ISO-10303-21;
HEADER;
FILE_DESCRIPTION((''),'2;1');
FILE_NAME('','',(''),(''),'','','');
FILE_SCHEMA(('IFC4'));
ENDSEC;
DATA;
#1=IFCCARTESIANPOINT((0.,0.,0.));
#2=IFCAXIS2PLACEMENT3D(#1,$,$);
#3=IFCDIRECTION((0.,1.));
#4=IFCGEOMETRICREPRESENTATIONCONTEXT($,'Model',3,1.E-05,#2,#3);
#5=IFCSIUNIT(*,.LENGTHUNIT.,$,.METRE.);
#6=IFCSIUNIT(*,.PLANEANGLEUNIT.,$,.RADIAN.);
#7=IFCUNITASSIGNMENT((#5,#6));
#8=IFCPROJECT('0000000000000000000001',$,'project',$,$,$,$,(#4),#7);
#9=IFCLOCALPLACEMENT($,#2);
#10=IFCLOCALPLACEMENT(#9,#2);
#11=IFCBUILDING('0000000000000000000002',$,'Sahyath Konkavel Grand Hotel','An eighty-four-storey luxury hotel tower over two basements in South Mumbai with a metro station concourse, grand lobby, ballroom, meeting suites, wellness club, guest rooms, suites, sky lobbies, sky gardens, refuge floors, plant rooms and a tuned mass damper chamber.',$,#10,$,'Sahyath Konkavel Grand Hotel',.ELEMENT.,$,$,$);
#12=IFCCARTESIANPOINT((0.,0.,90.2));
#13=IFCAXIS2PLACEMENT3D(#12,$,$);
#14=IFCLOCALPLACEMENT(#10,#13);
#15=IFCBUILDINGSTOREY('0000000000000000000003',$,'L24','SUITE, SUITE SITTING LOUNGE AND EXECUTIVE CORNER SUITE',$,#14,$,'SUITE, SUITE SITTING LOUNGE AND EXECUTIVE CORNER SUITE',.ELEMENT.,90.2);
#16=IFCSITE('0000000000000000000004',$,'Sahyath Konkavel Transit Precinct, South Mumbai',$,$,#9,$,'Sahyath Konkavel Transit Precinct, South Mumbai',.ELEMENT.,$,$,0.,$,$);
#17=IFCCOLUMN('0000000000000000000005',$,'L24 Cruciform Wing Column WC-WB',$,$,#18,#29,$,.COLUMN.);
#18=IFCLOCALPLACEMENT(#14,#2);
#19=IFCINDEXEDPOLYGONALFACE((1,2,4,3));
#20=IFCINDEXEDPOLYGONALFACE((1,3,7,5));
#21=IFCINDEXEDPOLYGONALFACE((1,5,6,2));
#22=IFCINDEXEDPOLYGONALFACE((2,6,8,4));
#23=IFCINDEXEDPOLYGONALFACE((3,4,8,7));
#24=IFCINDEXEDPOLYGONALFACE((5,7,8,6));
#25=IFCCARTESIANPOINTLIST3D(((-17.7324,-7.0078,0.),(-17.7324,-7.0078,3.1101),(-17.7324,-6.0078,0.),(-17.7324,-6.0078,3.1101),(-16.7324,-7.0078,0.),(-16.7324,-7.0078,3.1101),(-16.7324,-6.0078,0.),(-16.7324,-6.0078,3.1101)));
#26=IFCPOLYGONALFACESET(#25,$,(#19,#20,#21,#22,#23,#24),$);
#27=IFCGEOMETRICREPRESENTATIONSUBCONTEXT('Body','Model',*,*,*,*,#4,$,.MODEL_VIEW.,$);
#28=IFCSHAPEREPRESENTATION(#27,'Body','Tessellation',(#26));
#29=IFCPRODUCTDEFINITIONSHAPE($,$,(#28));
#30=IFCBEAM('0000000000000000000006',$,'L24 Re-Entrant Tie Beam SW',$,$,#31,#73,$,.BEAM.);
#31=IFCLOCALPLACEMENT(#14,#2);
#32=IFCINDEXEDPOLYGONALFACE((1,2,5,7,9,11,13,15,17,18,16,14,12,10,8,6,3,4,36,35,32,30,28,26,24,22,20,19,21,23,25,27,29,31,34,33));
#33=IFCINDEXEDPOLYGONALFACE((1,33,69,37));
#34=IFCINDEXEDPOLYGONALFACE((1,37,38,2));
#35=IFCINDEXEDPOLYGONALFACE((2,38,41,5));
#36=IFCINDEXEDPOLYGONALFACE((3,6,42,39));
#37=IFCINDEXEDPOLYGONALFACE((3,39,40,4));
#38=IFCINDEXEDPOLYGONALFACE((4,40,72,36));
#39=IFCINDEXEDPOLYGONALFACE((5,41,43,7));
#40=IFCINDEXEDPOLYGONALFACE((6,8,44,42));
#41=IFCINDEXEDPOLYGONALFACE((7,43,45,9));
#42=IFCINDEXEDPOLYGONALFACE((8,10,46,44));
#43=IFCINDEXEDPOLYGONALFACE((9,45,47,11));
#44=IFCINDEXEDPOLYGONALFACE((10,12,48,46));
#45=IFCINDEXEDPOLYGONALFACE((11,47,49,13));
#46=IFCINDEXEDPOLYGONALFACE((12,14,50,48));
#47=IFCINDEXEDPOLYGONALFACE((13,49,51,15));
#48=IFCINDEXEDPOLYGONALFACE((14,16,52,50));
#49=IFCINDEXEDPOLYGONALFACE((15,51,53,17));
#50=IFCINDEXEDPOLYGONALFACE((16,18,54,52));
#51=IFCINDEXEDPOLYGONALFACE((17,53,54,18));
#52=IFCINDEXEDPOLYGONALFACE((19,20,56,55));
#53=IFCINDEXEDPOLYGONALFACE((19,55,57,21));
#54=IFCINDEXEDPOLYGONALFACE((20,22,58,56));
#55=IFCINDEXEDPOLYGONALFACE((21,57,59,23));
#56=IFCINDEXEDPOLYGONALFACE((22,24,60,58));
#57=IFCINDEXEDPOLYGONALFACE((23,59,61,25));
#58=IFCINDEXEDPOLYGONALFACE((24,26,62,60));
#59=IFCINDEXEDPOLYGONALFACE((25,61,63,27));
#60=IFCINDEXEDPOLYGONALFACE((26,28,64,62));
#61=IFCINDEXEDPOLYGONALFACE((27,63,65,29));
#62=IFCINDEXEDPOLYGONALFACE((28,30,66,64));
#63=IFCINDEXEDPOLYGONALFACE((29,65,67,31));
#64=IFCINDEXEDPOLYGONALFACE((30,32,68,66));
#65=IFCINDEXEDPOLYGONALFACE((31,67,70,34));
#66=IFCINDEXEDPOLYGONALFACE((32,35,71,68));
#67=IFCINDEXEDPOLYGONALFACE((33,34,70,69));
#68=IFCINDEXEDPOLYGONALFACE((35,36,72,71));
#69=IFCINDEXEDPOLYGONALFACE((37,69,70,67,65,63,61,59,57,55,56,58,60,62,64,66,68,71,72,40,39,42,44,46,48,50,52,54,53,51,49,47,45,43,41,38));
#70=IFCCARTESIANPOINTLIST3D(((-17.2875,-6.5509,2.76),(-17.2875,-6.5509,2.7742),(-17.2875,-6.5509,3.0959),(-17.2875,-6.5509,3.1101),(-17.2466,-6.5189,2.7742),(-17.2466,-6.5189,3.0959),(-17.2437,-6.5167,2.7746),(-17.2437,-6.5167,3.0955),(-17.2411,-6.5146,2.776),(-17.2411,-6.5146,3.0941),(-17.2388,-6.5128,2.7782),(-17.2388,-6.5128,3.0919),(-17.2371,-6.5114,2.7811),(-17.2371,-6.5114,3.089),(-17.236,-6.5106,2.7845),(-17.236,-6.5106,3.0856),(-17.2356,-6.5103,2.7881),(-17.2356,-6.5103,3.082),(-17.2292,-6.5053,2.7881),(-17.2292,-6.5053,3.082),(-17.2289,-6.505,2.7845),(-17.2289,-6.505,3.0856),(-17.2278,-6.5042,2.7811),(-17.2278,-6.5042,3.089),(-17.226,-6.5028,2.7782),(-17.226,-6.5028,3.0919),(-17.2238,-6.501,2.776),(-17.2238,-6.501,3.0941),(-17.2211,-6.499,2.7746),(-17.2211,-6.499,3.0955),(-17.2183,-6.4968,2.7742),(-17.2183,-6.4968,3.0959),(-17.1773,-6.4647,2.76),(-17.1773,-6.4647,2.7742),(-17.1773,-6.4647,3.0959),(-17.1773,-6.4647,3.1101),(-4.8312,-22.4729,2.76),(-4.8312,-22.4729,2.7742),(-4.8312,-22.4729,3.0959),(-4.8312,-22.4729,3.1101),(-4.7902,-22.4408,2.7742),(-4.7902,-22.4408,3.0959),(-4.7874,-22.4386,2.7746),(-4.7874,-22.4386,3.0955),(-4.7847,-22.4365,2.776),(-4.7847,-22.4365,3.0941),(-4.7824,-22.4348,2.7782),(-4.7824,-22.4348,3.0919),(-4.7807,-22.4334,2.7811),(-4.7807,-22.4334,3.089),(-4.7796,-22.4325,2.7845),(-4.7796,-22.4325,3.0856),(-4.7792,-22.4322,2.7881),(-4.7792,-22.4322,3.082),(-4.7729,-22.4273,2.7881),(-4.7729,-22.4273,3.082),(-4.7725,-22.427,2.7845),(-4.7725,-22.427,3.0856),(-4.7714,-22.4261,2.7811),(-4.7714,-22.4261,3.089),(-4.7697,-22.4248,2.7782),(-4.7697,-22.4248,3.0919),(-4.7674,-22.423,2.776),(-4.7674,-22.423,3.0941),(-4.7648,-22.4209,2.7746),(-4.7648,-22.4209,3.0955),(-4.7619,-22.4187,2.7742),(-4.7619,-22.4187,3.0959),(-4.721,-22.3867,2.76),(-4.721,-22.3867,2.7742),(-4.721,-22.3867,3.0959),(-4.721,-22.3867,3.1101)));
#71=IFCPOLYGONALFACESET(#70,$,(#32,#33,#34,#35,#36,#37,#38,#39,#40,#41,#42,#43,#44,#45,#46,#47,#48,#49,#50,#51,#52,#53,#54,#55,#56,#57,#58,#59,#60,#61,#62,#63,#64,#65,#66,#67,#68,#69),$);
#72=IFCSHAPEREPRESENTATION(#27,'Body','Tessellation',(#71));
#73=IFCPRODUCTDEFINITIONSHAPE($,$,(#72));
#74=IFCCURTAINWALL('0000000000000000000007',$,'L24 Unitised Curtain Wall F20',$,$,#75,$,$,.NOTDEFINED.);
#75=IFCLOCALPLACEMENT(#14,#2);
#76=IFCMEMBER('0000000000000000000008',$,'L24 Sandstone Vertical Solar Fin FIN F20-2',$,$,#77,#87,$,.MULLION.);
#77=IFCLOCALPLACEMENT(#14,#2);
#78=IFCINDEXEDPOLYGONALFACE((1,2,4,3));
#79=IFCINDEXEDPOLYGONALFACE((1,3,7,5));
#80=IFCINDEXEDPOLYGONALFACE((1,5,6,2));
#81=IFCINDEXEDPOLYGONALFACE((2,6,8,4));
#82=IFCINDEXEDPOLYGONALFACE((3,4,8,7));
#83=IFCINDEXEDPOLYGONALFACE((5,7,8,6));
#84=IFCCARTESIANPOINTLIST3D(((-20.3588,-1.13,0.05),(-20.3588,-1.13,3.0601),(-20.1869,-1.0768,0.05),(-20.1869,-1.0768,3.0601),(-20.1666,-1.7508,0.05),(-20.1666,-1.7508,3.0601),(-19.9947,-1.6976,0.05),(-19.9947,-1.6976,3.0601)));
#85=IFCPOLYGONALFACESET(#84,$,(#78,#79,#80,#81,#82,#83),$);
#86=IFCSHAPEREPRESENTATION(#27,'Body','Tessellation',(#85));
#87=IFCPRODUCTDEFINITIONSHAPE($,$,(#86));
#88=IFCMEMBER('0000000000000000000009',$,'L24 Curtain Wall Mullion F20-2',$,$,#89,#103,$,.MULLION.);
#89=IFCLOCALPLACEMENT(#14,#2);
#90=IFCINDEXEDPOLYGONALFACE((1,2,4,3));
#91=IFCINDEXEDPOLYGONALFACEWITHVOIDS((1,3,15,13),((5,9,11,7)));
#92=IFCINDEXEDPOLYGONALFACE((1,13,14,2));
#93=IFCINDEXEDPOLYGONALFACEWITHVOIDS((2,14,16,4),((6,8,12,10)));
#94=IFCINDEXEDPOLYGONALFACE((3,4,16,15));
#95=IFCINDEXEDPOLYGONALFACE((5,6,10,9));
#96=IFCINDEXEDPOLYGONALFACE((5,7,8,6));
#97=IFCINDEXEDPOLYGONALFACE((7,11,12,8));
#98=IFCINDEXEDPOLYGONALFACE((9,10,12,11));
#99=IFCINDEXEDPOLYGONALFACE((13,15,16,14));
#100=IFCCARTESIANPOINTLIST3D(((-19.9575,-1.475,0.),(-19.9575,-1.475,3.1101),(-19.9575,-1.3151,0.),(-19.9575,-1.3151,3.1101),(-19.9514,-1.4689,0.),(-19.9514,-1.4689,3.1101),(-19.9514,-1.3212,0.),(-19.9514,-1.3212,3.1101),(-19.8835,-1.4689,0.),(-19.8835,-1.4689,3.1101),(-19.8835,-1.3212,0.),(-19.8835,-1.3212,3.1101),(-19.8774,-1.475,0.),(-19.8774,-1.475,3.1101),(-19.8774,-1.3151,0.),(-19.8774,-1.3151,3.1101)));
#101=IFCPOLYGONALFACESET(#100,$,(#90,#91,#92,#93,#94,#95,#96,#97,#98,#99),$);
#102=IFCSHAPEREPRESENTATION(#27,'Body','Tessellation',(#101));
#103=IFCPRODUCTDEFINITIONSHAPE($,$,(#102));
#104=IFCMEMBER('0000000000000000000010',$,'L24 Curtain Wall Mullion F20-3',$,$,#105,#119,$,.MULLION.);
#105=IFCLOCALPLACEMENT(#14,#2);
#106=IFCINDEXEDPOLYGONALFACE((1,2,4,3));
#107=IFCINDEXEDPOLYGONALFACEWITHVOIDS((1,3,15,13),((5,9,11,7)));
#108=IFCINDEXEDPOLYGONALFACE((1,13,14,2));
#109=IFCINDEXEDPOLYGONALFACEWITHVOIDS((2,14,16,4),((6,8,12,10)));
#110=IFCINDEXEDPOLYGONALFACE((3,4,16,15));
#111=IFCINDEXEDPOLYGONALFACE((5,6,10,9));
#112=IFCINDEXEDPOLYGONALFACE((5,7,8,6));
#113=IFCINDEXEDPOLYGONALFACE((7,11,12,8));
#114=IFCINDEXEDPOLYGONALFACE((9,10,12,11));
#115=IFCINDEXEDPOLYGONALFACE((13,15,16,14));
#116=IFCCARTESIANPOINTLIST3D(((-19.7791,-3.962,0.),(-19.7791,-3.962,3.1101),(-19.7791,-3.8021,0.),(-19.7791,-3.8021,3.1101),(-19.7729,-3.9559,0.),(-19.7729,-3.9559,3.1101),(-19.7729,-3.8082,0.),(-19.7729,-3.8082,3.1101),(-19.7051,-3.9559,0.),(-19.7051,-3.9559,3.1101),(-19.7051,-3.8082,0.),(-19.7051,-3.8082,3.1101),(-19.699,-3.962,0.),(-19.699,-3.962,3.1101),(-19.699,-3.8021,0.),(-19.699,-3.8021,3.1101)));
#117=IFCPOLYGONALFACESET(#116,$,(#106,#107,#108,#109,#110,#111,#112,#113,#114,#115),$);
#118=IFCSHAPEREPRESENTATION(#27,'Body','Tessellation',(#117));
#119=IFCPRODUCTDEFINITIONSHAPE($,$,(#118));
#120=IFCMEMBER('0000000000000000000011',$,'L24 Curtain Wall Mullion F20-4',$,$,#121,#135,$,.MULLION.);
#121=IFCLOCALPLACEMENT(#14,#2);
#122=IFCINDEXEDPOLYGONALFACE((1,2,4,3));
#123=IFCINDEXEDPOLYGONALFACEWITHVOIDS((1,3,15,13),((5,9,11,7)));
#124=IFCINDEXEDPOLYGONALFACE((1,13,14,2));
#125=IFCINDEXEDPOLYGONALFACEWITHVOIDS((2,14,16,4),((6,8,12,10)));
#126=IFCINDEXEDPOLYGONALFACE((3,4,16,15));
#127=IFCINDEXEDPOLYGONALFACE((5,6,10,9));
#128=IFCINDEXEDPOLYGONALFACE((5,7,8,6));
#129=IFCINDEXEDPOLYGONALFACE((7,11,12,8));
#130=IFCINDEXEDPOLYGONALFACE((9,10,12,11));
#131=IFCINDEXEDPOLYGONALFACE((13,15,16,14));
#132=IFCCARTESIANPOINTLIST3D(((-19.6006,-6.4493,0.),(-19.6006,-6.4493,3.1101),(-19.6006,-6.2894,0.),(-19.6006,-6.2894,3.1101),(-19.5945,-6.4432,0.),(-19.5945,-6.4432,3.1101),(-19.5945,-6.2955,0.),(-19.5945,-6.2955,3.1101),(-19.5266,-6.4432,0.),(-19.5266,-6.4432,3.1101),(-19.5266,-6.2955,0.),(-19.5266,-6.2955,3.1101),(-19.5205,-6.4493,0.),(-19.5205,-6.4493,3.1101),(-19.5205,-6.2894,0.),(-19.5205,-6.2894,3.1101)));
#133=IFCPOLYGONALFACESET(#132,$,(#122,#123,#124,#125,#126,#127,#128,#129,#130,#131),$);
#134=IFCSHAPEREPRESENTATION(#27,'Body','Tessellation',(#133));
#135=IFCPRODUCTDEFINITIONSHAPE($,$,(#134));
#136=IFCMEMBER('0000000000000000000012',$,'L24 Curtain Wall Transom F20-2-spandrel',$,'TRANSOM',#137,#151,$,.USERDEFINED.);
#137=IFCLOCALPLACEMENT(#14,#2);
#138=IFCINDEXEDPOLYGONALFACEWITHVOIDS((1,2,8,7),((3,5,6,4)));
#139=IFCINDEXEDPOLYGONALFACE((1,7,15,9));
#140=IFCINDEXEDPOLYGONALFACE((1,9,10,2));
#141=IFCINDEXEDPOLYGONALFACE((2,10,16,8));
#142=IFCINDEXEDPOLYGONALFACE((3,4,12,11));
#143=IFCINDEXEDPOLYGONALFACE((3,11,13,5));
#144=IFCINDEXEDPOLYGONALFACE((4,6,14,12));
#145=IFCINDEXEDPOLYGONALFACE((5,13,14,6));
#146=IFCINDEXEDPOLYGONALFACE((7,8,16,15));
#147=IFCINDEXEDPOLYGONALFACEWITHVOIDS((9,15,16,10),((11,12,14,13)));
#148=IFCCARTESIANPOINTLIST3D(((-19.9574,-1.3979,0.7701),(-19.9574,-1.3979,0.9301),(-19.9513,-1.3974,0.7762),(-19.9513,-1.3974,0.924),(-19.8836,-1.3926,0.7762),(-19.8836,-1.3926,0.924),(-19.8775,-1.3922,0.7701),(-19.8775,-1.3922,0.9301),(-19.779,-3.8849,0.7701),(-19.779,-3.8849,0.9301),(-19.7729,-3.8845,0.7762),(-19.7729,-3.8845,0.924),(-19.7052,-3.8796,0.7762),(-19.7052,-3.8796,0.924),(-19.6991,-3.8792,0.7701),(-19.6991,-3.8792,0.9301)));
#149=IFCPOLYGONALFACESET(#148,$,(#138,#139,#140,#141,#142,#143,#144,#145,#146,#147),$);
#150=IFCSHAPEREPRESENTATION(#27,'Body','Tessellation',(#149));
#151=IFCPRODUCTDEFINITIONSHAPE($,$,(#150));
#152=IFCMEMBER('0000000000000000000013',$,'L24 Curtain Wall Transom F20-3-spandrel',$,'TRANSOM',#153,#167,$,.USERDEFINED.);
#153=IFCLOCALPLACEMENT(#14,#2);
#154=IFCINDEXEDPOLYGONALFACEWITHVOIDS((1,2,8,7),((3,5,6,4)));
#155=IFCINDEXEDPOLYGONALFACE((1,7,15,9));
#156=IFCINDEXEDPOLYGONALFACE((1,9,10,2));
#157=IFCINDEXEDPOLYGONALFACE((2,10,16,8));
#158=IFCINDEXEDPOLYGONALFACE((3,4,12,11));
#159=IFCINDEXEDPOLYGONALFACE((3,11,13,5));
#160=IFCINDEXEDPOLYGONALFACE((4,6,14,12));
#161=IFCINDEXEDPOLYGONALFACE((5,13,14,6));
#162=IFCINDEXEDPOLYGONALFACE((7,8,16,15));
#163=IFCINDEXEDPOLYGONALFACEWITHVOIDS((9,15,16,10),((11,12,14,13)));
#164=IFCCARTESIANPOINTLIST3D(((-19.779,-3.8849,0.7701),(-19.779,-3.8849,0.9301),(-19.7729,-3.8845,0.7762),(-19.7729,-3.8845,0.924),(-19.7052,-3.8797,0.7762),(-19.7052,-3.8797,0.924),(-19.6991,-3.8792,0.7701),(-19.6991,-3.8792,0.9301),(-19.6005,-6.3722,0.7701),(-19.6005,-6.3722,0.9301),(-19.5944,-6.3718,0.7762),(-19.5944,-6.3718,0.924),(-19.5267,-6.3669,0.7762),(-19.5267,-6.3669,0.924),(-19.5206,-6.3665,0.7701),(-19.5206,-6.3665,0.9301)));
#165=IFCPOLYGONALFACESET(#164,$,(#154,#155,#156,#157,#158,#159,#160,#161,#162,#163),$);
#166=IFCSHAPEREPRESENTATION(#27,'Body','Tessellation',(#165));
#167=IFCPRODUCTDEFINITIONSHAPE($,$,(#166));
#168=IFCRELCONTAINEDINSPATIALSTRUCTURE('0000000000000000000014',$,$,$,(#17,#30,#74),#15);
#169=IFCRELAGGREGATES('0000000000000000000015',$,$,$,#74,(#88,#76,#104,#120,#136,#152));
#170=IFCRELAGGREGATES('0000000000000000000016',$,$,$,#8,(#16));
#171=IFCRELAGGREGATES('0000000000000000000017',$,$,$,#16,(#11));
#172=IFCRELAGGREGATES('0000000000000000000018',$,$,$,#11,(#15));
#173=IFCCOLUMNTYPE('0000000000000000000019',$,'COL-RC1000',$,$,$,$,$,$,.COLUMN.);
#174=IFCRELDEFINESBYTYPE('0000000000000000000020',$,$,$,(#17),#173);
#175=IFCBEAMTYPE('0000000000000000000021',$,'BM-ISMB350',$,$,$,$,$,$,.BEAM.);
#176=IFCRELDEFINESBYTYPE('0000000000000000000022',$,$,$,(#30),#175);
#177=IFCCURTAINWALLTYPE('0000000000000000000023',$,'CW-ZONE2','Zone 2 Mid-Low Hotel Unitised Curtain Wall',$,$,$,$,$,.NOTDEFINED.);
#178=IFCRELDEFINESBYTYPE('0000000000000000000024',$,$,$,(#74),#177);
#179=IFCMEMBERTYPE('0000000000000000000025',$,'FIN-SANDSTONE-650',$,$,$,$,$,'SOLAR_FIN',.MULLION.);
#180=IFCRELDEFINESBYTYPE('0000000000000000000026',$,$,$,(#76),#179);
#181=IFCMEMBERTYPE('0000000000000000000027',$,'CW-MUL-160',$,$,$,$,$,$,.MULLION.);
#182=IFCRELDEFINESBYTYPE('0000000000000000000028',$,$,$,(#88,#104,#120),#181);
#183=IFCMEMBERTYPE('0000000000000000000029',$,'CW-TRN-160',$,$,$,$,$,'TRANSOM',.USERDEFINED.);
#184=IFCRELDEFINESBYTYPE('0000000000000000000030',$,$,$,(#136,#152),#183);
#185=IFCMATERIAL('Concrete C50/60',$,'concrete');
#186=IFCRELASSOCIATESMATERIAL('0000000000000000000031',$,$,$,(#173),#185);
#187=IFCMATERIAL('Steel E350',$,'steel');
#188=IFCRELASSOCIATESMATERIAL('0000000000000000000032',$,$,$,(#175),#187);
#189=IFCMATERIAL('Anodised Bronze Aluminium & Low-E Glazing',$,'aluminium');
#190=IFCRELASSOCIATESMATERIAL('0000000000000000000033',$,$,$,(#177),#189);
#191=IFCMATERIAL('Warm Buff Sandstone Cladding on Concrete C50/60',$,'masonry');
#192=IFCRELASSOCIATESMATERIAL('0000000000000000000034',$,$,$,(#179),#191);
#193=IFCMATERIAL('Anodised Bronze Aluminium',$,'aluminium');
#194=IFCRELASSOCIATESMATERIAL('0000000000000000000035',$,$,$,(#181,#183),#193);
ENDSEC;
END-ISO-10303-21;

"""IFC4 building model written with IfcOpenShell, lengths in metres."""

from ifc_helpers import new_model, si_unit, direction, frame, origin, origin_2d, place, context, subcontext, project, spatial, rectangle, hollow_rectangle, i_section, extrude, source, transform, mapped, material, material_profile, profile_set, type_object, element, aggregate, save


model = new_model("IFC4")

# Units and contexts
model_context = context("Model", 3, precision=1e-05, world=origin(), true_north=direction((0.0, 1.0)))
body_context = subcontext(model_context, "Body", "Model", "MODEL_VIEW")
ifc_project = project(units=[si_unit("LENGTHUNIT", "METRE"), si_unit("PLANEANGLEUNIT", "RADIAN")], contexts=[model_context])

# Site, building, storey
site_placement = place(None, origin())
site = spatial("IfcSite", under=ifc_project, at=site_placement, Name="Sahyath Konkavel Transit Precinct, South Mumbai", LongName="Sahyath Konkavel Transit Precinct, South Mumbai", CompositionType="ELEMENT", RefElevation=0.0)
building_placement = place(site_placement, origin())
building = spatial("IfcBuilding", under=site, at=building_placement, Name="Sahyath Konkavel Grand Hotel", Description="An eighty-four-storey luxury hotel tower over two basements in South Mumbai with a metro station concourse, grand lobby, ballroom, meeting suites, wellness club, guest rooms, suites, sky lobbies, sky gardens, refuge floors, plant rooms and a tuned mass damper chamber.", LongName="Sahyath Konkavel Grand Hotel", CompositionType="ELEMENT")
storey_placement = place(building_placement, frame((0.0, 0.0, 90.2)))
storey = spatial("IfcBuildingStorey", under=building, at=storey_placement, Name="L24", Description="SUITE, SUITE SITTING LOUNGE AND EXECUTIVE CORNER SUITE", LongName="SUITE, SUITE SITTING LOUNGE AND EXECUTIVE CORNER SUITE", CompositionType="ELEMENT", Elevation=90.2)

# Column
ifc_material_1 = material(Name="Concrete C50/60", Category="concrete")
ifc_material_profile_1 = material_profile(ifc_material_1, rectangle(XDim=1.0, YDim=1.0, at=origin_2d()), Name="RC 1000x1000")
ifc_profile_set_1 = profile_set([ifc_material_profile_1], Name="Concrete C50/60")
column_type = type_object("IfcColumnType", Name="COL-RC1000", PredefinedType="COLUMN", material=ifc_profile_set_1)
shared_shape_1 = source(origin(), body_context, "Body", "SweptSolid", [
    extrude(rectangle(XDim=1.0, YDim=1.0, at=origin_2d()), origin(), (0.0, 0.0, 1.0), 3.1101),
])
column_placement = place(storey_placement, frame((-17.2324, -6.5078, 0.0), z_axis=(0.0, 0.0, 1.0), x_axis=(1.0, 0.0, 0.0)))
element("IfcColumn", 1, at=column_placement, inside=storey, type_object=column_type, Name="L24 Cruciform Wing Column WC-WB", PredefinedType="COLUMN", context=body_context, shape_type="MappedRepresentation", body=[
    mapped(shared_shape_1, transform((0.0, 0.0, 0.0), scale=1.0)),
])

# Beam
ifc_material_2 = material(Name="Steel E350", Category="steel")
ifc_material_profile_2 = material_profile(ifc_material_2, i_section(OverallWidth=0.1399, OverallDepth=0.3501, WebThickness=0.0081, FlangeThickness=0.0142, FilletRadius=0.0139, at=origin_2d()), Name="ISMB 350")
ifc_profile_set_2 = profile_set([ifc_material_profile_2], Name="Steel E350")
beam_type_1 = type_object("IfcBeamType", Name="BM-ISMB350", PredefinedType="BEAM", material=ifc_profile_set_2)
shared_shape_2 = source(origin(), body_context, "Body", "SweptSolid", [
    extrude(i_section(OverallWidth=0.1399, OverallDepth=0.3501, WebThickness=0.0081, FlangeThickness=0.0142, FilletRadius=0.0139, at=origin_2d()), origin(), (0.0, 0.0, 1.0), 20.2156),
])
beam_1_placement = place(storey_placement, frame((-17.2324, -6.5078, 2.9351), z_axis=(0.616176, -0.787608, 0.0), x_axis=(0.787608, 0.616176, 0.0)))
element("IfcBeam", 2, at=beam_1_placement, inside=storey, type_object=beam_type_1, Name="L24 Re-Entrant Tie Beam SW", PredefinedType="BEAM", context=body_context, shape_type="MappedRepresentation", body=[
    mapped(shared_shape_2, transform((0.0, 0.0, 0.0), scale=1.0)),
])

# Curtain wall, members
ifc_material_3 = material(Name="Anodised Bronze Aluminium & Low-E Glazing", Category="aluminium")
curtain_wall_type = type_object("IfcCurtainWallType", Name="CW-ZONE2", Description="Zone 2 Mid-Low Hotel Unitised Curtain Wall", PredefinedType="NOTDEFINED", material=ifc_material_3)
curtain_wall_1_placement = place(storey_placement, origin())
curtain_wall_1 = element("IfcCurtainWall", 3, at=curtain_wall_1_placement, inside=storey, type_object=curtain_wall_type, Name="L24 Unitised Curtain Wall F20", PredefinedType="NOTDEFINED")
ifc_material_4 = material(Name="Warm Buff Sandstone Cladding on Concrete C50/60", Category="masonry")
ifc_material_profile_3 = material_profile(ifc_material_4, rectangle(XDim=0.1799, YDim=0.6499, at=origin_2d()), Name="FIN 180x650")
ifc_profile_set_3 = profile_set([ifc_material_profile_3], Name="Warm Buff Sandstone Cladding on Concrete C50/60")
member_type_1 = type_object("IfcMemberType", Name="FIN-SANDSTONE-650", ElementType="SOLAR_FIN", PredefinedType="MULLION", material=ifc_profile_set_3)
shared_shape_3 = source(origin(), body_context, "Body", "SweptSolid", [
    extrude(rectangle(XDim=0.1799, YDim=0.6499, at=origin_2d()), origin(), (0.0, 0.0, 1.0), 3.01),
])
member_1_placement = place(storey_placement, frame((-20.1768, -1.4138, 0.05), z_axis=(0.0, 0.0, 1.0), x_axis=(0.955278, 0.295708, 0.0)))
member_1 = element("IfcMember", 4, at=member_1_placement, type_object=member_type_1, Name="L24 Sandstone Vertical Solar Fin FIN F20-2", PredefinedType="MULLION", context=body_context, shape_type="MappedRepresentation", body=[
    mapped(shared_shape_3, transform((0.0, 0.0, 0.0), scale=1.0)),
])
ifc_material_5 = material(Name="Anodised Bronze Aluminium", Category="aluminium")
ifc_material_profile_4 = material_profile(ifc_material_5, hollow_rectangle(XDim=0.0801, YDim=0.1599, WallThickness=0.0061, at=origin_2d()), Name="RHS 160x80x6")
ifc_profile_set_4 = profile_set([ifc_material_profile_4], Name="Anodised Bronze Aluminium")
member_type_2 = type_object("IfcMemberType", Name="CW-MUL-160", PredefinedType="MULLION", material=ifc_profile_set_4)
shared_shape_4 = source(origin(), body_context, "Body", "SweptSolid", [
    extrude(hollow_rectangle(XDim=0.0801, YDim=0.1599, WallThickness=0.0061, at=origin_2d()), origin(), (0.0, 0.0, 1.0), 3.1101),
])
member_2_placement = place(storey_placement, frame((-19.9175, -1.395, 0.0), z_axis=(0.0, 0.0, 1.0), x_axis=(1.0, 0.0, 0.0)))
member_2 = element("IfcMember", 5, at=member_2_placement, type_object=member_type_2, Name="L24 Curtain Wall Mullion F20-2", PredefinedType="MULLION", context=body_context, shape_type="MappedRepresentation", body=[
    mapped(shared_shape_4, transform((0.0, 0.0, 0.0), scale=1.0)),
])
member_3_placement = place(storey_placement, frame((-19.739, -3.8821, 0.0), z_axis=(0.0, 0.0, 1.0), x_axis=(1.0, 0.0, 0.0)))
member_3 = element("IfcMember", 6, at=member_3_placement, type_object=member_type_2, Name="L24 Curtain Wall Mullion F20-3", PredefinedType="MULLION", context=body_context, shape_type="MappedRepresentation", body=[
    mapped(shared_shape_4, transform((0.0, 0.0, 0.0), scale=1.0)),
])
member_4_placement = place(storey_placement, frame((-19.5605, -6.3694, 0.0), z_axis=(0.0, 0.0, 1.0), x_axis=(1.0, 0.0, 0.0)))
member_4 = element("IfcMember", 7, at=member_4_placement, type_object=member_type_2, Name="L24 Curtain Wall Mullion F20-4", PredefinedType="MULLION", context=body_context, shape_type="MappedRepresentation", body=[
    mapped(shared_shape_4, transform((0.0, 0.0, 0.0), scale=1.0)),
])
ifc_material_profile_5 = material_profile(ifc_material_5, hollow_rectangle(XDim=0.0801, YDim=0.1599, WallThickness=0.0061, at=origin_2d()), Name="RHS 160x80x6")
ifc_profile_set_5 = profile_set([ifc_material_profile_5], Name="Anodised Bronze Aluminium")
member_type_3 = type_object("IfcMemberType", Name="CW-TRN-160", ElementType="TRANSOM", PredefinedType="USERDEFINED", material=ifc_profile_set_5)
shared_shape_5 = source(origin(), body_context, "Body", "SweptSolid", [
    extrude(hollow_rectangle(XDim=0.0801, YDim=0.1599, WallThickness=0.0061, at=origin_2d()), origin(), (0.0, 0.0, 1.0), 2.4934),
])
member_5_placement = place(storey_placement, frame((-19.9175, -1.395, 0.8501), z_axis=(0.071574, -0.997435, 0.0), x_axis=(0.997435, 0.071574, 0.0)))
member_5 = element("IfcMember", 8, at=member_5_placement, type_object=member_type_3, Name="L24 Curtain Wall Transom F20-2-spandrel", ObjectType="TRANSOM", PredefinedType="USERDEFINED", context=body_context, shape_type="MappedRepresentation", body=[
    mapped(shared_shape_5, transform((0.0, 0.0, 0.0), scale=1.0)),
])
shared_shape_6 = source(origin(), body_context, "Body", "SweptSolid", [
    extrude(hollow_rectangle(XDim=0.0801, YDim=0.1599, WallThickness=0.0061, at=origin_2d()), origin(), (0.0, 0.0, 1.0), 2.4937),
])
member_6_placement = place(storey_placement, frame((-19.739, -3.8821, 0.8501), z_axis=(0.071567, -0.997436, 0.0), x_axis=(0.997436, 0.071567, 0.0)))
member_6 = element("IfcMember", 9, at=member_6_placement, type_object=member_type_3, Name="L24 Curtain Wall Transom F20-3-spandrel", ObjectType="TRANSOM", PredefinedType="USERDEFINED", context=body_context, shape_type="MappedRepresentation", body=[
    mapped(shared_shape_6, transform((0.0, 0.0, 0.0), scale=1.0)),
])

aggregate(curtain_wall_1, [member_2, member_1, member_3, member_4, member_5, member_6])

save(model, "model.ifc")
